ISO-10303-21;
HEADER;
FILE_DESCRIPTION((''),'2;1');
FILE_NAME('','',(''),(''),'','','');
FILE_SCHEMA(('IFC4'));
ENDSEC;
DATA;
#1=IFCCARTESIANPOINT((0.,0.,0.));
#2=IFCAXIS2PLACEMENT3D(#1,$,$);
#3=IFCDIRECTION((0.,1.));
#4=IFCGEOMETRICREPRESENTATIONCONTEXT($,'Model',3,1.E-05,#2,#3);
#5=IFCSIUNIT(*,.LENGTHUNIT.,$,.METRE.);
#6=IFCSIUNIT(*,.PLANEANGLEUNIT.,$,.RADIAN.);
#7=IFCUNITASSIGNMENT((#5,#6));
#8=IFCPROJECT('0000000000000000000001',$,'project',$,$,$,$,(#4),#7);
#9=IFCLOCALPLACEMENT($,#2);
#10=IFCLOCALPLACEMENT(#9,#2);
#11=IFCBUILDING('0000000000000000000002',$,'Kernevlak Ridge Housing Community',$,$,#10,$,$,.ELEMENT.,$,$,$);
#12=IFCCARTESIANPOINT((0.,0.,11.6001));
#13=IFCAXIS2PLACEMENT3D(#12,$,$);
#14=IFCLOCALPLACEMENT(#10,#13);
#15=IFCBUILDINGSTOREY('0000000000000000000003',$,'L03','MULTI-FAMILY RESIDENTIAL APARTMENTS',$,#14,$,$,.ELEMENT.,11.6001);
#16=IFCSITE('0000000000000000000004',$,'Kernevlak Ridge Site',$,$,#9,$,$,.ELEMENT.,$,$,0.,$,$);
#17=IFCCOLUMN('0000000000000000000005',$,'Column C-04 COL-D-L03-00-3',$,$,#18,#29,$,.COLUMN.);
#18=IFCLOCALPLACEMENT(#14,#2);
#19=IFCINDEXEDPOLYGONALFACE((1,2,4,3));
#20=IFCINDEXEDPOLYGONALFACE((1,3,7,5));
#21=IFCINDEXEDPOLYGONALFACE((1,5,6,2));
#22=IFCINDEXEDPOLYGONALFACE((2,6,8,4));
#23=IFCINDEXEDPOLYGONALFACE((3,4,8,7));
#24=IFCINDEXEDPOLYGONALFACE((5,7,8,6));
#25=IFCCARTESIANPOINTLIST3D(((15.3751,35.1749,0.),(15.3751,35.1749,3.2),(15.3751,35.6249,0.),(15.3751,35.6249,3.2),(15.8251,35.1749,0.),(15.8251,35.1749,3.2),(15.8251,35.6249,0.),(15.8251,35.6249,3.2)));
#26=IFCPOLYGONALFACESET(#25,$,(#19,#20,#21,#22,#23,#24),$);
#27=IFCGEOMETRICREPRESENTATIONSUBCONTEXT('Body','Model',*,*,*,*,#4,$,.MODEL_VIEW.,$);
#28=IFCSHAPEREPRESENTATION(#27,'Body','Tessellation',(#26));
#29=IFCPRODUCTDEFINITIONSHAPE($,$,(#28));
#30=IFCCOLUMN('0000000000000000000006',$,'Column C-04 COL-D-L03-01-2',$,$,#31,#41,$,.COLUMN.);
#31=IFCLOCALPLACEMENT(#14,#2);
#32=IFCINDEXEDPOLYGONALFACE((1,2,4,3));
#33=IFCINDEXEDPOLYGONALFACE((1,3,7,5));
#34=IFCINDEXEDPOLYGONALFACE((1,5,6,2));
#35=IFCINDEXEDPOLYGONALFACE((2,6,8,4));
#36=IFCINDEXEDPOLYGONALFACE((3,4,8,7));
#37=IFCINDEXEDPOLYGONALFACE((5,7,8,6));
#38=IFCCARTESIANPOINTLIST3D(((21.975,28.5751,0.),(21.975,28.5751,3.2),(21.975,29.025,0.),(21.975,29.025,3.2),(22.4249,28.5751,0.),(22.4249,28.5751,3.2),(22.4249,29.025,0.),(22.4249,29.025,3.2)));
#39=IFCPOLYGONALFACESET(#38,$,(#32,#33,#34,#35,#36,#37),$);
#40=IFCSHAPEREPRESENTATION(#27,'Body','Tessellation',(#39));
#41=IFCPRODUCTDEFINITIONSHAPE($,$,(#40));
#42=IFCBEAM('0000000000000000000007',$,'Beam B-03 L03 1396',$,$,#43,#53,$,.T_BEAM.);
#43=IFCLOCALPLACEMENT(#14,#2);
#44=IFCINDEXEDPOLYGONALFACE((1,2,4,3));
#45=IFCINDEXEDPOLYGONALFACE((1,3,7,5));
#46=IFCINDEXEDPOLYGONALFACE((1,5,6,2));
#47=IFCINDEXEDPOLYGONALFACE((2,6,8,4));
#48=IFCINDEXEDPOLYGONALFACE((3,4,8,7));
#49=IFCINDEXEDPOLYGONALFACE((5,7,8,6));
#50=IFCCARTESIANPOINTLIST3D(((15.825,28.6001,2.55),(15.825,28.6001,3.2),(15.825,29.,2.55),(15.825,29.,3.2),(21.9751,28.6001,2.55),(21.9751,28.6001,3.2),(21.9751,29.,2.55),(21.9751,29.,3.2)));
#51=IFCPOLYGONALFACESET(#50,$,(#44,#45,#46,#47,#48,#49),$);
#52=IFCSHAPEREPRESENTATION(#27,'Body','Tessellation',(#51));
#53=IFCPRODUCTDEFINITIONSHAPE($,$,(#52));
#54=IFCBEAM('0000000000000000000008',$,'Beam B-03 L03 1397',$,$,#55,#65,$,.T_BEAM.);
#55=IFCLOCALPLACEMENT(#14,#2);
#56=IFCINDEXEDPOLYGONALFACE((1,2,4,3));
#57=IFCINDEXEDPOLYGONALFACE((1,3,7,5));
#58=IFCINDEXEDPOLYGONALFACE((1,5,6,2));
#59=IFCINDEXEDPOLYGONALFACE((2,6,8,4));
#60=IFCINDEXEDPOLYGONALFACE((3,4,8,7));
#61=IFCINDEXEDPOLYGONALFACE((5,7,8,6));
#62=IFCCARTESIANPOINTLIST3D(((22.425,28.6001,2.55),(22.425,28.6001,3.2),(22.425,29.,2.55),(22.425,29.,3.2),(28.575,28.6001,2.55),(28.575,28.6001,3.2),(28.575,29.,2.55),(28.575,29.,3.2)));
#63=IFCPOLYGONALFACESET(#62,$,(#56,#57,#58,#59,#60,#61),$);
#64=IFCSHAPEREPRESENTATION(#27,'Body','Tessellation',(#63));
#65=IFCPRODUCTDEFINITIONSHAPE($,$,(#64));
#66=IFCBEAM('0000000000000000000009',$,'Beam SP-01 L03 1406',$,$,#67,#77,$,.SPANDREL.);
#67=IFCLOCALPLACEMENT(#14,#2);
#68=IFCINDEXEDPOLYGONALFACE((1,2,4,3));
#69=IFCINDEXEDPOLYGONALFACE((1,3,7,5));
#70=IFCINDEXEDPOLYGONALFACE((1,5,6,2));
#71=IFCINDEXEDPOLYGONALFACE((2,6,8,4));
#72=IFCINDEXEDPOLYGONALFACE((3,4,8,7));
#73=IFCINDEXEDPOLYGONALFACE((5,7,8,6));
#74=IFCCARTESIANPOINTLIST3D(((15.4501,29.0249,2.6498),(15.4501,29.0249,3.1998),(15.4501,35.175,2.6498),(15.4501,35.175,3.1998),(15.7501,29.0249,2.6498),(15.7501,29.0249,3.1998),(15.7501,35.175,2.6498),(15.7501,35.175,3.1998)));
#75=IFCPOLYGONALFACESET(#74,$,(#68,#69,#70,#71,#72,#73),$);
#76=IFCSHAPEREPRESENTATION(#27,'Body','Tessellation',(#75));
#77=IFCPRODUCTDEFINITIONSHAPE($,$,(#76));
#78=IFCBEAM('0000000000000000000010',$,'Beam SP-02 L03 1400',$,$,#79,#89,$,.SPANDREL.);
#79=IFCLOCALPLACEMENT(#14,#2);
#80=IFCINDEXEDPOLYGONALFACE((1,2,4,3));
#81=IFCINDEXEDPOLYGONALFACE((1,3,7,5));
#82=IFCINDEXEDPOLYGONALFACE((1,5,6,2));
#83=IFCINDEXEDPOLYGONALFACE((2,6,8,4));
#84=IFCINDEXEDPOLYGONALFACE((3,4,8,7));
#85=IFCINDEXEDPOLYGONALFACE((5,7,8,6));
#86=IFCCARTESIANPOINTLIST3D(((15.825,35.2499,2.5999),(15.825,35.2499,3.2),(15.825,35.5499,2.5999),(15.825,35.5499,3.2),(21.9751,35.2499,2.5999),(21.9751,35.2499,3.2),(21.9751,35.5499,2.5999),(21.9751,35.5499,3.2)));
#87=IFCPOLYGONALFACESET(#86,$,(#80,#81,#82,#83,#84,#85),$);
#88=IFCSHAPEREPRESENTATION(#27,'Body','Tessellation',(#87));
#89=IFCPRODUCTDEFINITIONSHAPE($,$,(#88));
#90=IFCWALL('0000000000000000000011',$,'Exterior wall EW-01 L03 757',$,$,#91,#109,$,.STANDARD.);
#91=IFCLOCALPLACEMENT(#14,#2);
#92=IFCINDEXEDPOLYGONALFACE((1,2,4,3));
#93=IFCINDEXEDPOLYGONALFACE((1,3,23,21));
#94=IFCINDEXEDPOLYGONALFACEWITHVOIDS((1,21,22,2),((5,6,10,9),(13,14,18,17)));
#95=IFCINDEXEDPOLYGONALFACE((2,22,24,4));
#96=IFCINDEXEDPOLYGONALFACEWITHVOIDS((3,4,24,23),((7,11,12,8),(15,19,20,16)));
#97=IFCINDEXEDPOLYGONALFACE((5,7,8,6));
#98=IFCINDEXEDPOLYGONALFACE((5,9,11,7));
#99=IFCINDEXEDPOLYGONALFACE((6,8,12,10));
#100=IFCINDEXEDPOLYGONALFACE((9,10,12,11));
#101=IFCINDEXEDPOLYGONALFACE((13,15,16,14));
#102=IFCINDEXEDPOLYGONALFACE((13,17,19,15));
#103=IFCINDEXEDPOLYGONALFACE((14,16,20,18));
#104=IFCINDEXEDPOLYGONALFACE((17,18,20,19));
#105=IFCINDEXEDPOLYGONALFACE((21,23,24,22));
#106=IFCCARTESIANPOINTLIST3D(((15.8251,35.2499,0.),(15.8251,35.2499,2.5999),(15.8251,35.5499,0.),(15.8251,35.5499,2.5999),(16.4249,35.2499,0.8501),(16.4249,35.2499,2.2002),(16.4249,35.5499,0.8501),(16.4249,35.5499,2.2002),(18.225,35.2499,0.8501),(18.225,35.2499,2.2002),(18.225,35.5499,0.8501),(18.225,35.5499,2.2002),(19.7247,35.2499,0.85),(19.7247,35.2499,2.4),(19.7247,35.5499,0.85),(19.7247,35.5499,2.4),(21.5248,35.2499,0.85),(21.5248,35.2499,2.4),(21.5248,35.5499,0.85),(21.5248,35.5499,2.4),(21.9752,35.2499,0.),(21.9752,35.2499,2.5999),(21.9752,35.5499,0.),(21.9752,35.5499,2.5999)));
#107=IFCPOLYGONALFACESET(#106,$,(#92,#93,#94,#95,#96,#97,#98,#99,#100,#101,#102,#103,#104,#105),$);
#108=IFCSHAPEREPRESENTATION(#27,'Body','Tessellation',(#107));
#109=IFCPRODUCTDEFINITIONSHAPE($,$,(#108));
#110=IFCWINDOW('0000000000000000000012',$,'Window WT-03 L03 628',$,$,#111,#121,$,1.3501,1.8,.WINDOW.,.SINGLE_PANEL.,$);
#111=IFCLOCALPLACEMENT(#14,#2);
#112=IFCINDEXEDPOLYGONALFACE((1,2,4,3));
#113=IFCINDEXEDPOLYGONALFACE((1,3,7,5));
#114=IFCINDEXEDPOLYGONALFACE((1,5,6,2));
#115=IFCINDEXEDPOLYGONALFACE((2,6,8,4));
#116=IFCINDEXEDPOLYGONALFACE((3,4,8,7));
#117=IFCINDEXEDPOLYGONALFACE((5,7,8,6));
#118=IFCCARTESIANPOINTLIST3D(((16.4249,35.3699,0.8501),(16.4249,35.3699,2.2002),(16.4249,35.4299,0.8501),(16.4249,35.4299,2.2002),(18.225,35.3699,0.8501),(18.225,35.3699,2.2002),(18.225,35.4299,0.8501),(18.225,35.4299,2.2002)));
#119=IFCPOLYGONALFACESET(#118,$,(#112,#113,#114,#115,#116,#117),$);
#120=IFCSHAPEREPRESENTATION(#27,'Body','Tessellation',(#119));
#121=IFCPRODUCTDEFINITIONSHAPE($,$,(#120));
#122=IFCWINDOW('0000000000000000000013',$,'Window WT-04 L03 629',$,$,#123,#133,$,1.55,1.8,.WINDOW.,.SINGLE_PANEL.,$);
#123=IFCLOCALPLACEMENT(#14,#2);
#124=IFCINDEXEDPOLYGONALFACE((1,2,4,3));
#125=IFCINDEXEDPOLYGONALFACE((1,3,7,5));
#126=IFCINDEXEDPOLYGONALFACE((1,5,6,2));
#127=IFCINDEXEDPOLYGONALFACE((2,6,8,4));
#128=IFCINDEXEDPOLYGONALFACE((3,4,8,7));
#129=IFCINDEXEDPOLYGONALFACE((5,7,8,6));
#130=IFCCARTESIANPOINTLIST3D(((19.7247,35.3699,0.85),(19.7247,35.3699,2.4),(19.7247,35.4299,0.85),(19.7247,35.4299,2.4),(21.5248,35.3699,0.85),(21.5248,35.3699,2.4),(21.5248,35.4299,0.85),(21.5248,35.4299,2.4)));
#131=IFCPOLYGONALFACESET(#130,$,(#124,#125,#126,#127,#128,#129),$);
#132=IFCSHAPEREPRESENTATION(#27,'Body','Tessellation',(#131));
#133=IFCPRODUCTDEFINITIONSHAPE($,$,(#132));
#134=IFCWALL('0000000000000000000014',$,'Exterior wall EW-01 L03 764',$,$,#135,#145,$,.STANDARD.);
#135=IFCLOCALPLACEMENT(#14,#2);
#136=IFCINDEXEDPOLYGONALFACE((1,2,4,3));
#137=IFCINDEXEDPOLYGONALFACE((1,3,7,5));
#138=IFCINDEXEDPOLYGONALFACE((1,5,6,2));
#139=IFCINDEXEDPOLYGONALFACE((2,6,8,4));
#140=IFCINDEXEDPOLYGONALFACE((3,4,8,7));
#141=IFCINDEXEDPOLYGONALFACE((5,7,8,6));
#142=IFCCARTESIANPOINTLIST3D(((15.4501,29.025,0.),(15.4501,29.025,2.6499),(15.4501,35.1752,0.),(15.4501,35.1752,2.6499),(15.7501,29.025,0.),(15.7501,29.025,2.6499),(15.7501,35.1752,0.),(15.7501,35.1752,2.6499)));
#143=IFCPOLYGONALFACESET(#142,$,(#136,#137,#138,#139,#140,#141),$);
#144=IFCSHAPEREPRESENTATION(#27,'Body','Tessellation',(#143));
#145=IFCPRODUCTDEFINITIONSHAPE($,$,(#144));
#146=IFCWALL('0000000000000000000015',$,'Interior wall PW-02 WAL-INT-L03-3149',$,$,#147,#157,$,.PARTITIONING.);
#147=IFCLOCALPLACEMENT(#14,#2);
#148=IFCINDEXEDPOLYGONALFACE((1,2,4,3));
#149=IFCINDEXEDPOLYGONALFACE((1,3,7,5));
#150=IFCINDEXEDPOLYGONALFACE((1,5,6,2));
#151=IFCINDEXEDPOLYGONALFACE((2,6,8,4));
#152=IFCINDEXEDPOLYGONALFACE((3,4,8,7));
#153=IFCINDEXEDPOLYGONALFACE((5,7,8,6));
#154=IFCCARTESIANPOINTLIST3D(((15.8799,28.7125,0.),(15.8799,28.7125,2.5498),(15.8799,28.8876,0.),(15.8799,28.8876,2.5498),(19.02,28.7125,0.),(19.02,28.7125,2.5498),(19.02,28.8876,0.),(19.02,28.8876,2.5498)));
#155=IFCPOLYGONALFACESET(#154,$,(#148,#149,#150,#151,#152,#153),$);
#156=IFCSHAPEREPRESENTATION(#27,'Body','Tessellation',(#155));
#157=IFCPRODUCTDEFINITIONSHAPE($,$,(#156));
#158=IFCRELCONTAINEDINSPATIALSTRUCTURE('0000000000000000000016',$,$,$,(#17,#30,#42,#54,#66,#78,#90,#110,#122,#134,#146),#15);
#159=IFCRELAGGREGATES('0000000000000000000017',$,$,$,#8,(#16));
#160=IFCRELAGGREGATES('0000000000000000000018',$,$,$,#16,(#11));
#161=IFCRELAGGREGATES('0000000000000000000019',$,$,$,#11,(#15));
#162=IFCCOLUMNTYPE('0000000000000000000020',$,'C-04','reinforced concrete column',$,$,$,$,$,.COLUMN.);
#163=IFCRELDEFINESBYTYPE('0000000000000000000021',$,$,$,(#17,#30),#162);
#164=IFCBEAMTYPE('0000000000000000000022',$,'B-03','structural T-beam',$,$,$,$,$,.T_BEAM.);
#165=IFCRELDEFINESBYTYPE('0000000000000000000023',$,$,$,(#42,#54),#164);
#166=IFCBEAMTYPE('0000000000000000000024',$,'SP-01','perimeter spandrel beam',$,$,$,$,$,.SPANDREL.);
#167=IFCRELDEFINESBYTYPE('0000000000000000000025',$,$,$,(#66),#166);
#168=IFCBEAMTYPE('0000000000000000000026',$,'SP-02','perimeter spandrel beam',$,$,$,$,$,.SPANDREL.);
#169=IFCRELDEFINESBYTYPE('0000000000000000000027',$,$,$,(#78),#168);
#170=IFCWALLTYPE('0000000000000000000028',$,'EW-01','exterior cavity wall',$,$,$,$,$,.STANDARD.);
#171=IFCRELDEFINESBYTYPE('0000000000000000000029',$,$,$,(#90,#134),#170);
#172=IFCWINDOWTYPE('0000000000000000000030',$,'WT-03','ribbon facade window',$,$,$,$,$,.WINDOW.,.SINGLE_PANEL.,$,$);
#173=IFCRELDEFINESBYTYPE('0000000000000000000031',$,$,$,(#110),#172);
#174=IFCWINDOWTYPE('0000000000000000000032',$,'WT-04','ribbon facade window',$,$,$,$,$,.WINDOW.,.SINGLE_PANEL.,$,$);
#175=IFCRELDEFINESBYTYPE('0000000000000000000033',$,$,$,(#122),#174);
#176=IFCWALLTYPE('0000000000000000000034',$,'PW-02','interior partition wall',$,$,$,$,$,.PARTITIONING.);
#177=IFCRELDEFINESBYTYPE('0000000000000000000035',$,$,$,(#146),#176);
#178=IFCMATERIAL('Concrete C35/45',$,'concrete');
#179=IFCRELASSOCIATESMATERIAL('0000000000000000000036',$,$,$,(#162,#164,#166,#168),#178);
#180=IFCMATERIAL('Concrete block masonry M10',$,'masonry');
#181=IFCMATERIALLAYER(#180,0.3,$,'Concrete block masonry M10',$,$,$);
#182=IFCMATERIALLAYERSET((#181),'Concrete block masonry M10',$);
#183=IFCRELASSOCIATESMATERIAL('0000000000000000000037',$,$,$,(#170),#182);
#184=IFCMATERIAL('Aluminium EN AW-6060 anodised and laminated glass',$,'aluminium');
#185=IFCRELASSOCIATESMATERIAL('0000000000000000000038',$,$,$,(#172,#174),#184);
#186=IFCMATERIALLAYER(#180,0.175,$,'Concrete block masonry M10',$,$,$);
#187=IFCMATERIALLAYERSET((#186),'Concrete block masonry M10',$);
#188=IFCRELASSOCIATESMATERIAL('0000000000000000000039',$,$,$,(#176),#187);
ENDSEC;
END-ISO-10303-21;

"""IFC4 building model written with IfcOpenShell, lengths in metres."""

from ifc_helpers import new_model, si_unit, direction, frame, frame_2d, origin, origin_2d, place, context, subcontext, project, spatial, rectangle, extrude, material, layer, layer_set, material_profile, profile_set, type_object, element, fill, save


model = new_model("IFC4")

# Units and contexts
model_context = context("Model", 3, precision=1e-05, world=origin(), true_north=direction((0.0, 1.0)))
body_context = subcontext(model_context, "Body", "Model", "MODEL_VIEW")
ifc_project = project(units=[si_unit("LENGTHUNIT", "METRE"), si_unit("PLANEANGLEUNIT", "RADIAN")], contexts=[model_context])

# Site, building, storey
site_placement = place(None, origin())
site = spatial("IfcSite", under=ifc_project, at=site_placement, Name="Kernevlak Ridge Site", CompositionType="ELEMENT", RefElevation=0.0)
building_placement = place(site_placement, origin())
building = spatial("IfcBuilding", under=site, at=building_placement, Name="Kernevlak Ridge Housing Community", CompositionType="ELEMENT")
storey_placement = place(building_placement, frame((0.0, 0.0, 11.6001)))
storey = spatial("IfcBuildingStorey", under=building, at=storey_placement, Name="L03", Description="MULTI-FAMILY RESIDENTIAL APARTMENTS", CompositionType="ELEMENT", Elevation=11.6001)

# Columns
ifc_material_1 = material(Name="Concrete C35/45", Category="concrete")
ifc_material_profile_1 = material_profile(ifc_material_1, rectangle(XDim=0.45, YDim=0.45, at=origin_2d()), Name="RC 450x450")
ifc_profile_set_1 = profile_set([ifc_material_profile_1], Name="Concrete C35/45")
column_type = type_object("IfcColumnType", Name="C-04", Description="reinforced concrete column", PredefinedType="COLUMN", material=ifc_profile_set_1)
for number, where, z_axis, x_axis, name in (
    (1, (15.6001, 35.3999, 0.0), (0.0, 0.0, 1.0), (1.0, 0.0, 0.0), "Column C-04 COL-D-L03-00-3"),
    (2, (22.2, 28.8, 0.0), (0.0, 0.0, 1.0), (1.0, 0.0, 0.0), "Column C-04 COL-D-L03-01-2"),
):
    element("IfcColumn", number, at=place(storey_placement, frame(where, z_axis=z_axis, x_axis=x_axis)), inside=storey, type_object=column_type, Name=name, PredefinedType="COLUMN", context=body_context, shape_type="SweptSolid", body=[
        extrude(rectangle(XDim=0.45, YDim=0.45, at=origin_2d()), origin(), (0.0, 0.0, 1.0), 3.2),
    ])

# Beams
ifc_material_profile_2 = material_profile(ifc_material_1, rectangle(XDim=0.3999, YDim=0.6499, at=origin_2d()), Name="RC 400x650")
ifc_profile_set_2 = profile_set([ifc_material_profile_2], Name="Concrete C35/45")
beam_type_1 = type_object("IfcBeamType", Name="B-03", Description="structural T-beam", PredefinedType="T_BEAM", material=ifc_profile_set_2)
beam_1_placement = place(storey_placement, frame((15.825, 28.8, 2.875), z_axis=(1.0, 0.0, 0.0), x_axis=(0.0, 1.0, 0.0)))
element("IfcBeam", 3, at=beam_1_placement, inside=storey, type_object=beam_type_1, Name="Beam B-03 L03 1396", PredefinedType="T_BEAM", context=body_context, shape_type="SweptSolid", body=[
    extrude(rectangle(XDim=0.3999, YDim=0.6499, at=origin_2d()), origin(), (0.0, 0.0, 1.0), 6.1501),
])
beam_2_placement = place(storey_placement, frame((22.425, 28.8, 2.875), z_axis=(1.0, 0.0, 0.0), x_axis=(0.0, 1.0, 0.0)))
element("IfcBeam", 4, at=beam_2_placement, inside=storey, type_object=beam_type_1, Name="Beam B-03 L03 1397", PredefinedType="T_BEAM", context=body_context, shape_type="SweptSolid", body=[
    extrude(rectangle(XDim=0.3999, YDim=0.6499, at=origin_2d()), origin(), (0.0, 0.0, 1.0), 6.1499),
])
ifc_material_profile_3 = material_profile(ifc_material_1, rectangle(XDim=0.3, YDim=0.55, at=origin_2d()), Name="RC 300x550")
ifc_profile_set_3 = profile_set([ifc_material_profile_3], Name="Concrete C35/45")
beam_type_2 = type_object("IfcBeamType", Name="SP-01", Description="perimeter spandrel beam", PredefinedType="SPANDREL", material=ifc_profile_set_3)
beam_3_placement = place(storey_placement, frame((15.6001, 29.0249, 2.9248), z_axis=(0.0, 1.0, 0.0), x_axis=(-1.0, 0.0, 0.0)))
element("IfcBeam", 5, at=beam_3_placement, inside=storey, type_object=beam_type_2, Name="Beam SP-01 L03 1406", PredefinedType="SPANDREL", context=body_context, shape_type="SweptSolid", body=[
    extrude(rectangle(XDim=0.3, YDim=0.55, at=origin_2d()), origin(), (0.0, 0.0, 1.0), 6.1501),
])
ifc_material_profile_4 = material_profile(ifc_material_1, rectangle(XDim=0.3, YDim=0.6001, at=origin_2d()), Name="RC 300x600")
ifc_profile_set_4 = profile_set([ifc_material_profile_4], Name="Concrete C35/45")
beam_type_3 = type_object("IfcBeamType", Name="SP-02", Description="perimeter spandrel beam", PredefinedType="SPANDREL", material=ifc_profile_set_4)
beam_4_placement = place(storey_placement, frame((15.825, 35.3999, 2.8999), z_axis=(1.0, 0.0, 0.0), x_axis=(0.0, 1.0, 0.0)))
element("IfcBeam", 6, at=beam_4_placement, inside=storey, type_object=beam_type_3, Name="Beam SP-02 L03 1400", PredefinedType="SPANDREL", context=body_context, shape_type="SweptSolid", body=[
    extrude(rectangle(XDim=0.3, YDim=0.6001, at=origin_2d()), origin(), (0.0, 0.0, 1.0), 6.1501),
])

# Wall, openings, windows
ifc_material_2 = material(Name="Concrete block masonry M10", Category="masonry")
ifc_layer_1 = layer(ifc_material_2, 0.3, Name="Concrete block masonry M10")
ifc_layer_set_1 = layer_set([ifc_layer_1], Name="Concrete block masonry M10")
wall_type_1 = type_object("IfcWallType", Name="EW-01", Description="exterior cavity wall", PredefinedType="STANDARD", material=ifc_layer_set_1)
wall_1_placement = place(storey_placement, frame((15.825, 35.3999, 0.0), z_axis=(0.0, 0.0, 1.0), x_axis=(1.0, 0.0, 0.0)))
wall_1 = element("IfcWall", 7, at=wall_1_placement, inside=storey, type_object=wall_type_1, Name="Exterior wall EW-01 L03 757", PredefinedType="STANDARD", context=body_context, shape_type="SweptSolid", body=[
    extrude(rectangle(XDim=6.1501, YDim=0.3, at=frame_2d((3.0752, 0.0))), origin(), (0.0, 0.0, 1.0), 2.5999),
])
opening_1_placement = place(wall_1_placement, frame((0.6001, 0.0, 0.8501)))
opening_1 = element("IfcOpeningElement", 8, at=opening_1_placement, cuts=wall_1, PredefinedType="OPENING", context=body_context, shape_type="SweptSolid", body=[
    extrude(rectangle(XDim=1.8, YDim=1.3501, at=frame_2d((0.8999, 0.675))), frame((0.0, 0.1599, 0.0), z_axis=(0.0, -1.0, 0.0), x_axis=(1.0, 0.0, 0.0)), (0.0, 0.0, 1.0), 0.3201),
])
opening_2_placement = place(wall_1_placement, frame((3.8999, 0.0, 0.8501)))
opening_2 = element("IfcOpeningElement", 9, at=opening_2_placement, cuts=wall_1, PredefinedType="OPENING", context=body_context, shape_type="SweptSolid", body=[
    extrude(rectangle(XDim=1.8, YDim=1.55, at=frame_2d((0.8999, 0.7749))), frame((0.0, 0.1599, 0.0), z_axis=(0.0, -1.0, 0.0), x_axis=(1.0, 0.0, 0.0)), (0.0, 0.0, 1.0), 0.3201),
])
ifc_material_3 = material(Name="Aluminium EN AW-6060 anodised and laminated glass", Category="aluminium")
window_type_1 = type_object("IfcWindowType", Name="WT-03", Description="ribbon facade window", PartitioningType="SINGLE_PANEL", PredefinedType="WINDOW", material=ifc_material_3)
window_1_placement = place(opening_1_placement, origin())
window_1 = element("IfcWindow", 10, at=window_1_placement, inside=storey, type_object=window_type_1, Name="Window WT-03 L03 628", OverallHeight=1.3501, OverallWidth=1.8, PartitioningType="SINGLE_PANEL", PredefinedType="WINDOW", context=body_context, shape_type="SweptSolid", body=[
    extrude(rectangle(XDim=1.8, YDim=1.3501, at=frame_2d((0.8999, 0.675))), frame((0.0, 0.03, 0.0), z_axis=(0.0, -1.0, 0.0), x_axis=(1.0, 0.0, 0.0)), (0.0, 0.0, 1.0), 0.0601),
])
fill(opening_1, window_1)
window_type_2 = type_object("IfcWindowType", Name="WT-04", Description="ribbon facade window", PartitioningType="SINGLE_PANEL", PredefinedType="WINDOW", material=ifc_material_3)
window_2_placement = place(opening_2_placement, origin())
window_2 = element("IfcWindow", 11, at=window_2_placement, inside=storey, type_object=window_type_2, Name="Window WT-04 L03 629", OverallHeight=1.55, OverallWidth=1.8, PartitioningType="SINGLE_PANEL", PredefinedType="WINDOW", context=body_context, shape_type="SweptSolid", body=[
    extrude(rectangle(XDim=1.8, YDim=1.55, at=frame_2d((0.8999, 0.7749))), frame((0.0, 0.03, 0.0), z_axis=(0.0, -1.0, 0.0), x_axis=(1.0, 0.0, 0.0)), (0.0, 0.0, 1.0), 0.0601),
])
fill(opening_2, window_2)

# Walls
wall_2_placement = place(storey_placement, frame((15.6001, 29.0249, 0.0), z_axis=(0.0, 0.0, 1.0), x_axis=(0.0, 1.0, 0.0)))
element("IfcWall", 12, at=wall_2_placement, inside=storey, type_object=wall_type_1, Name="Exterior wall EW-01 L03 764", PredefinedType="STANDARD", context=body_context, shape_type="SweptSolid", body=[
    extrude(rectangle(XDim=6.1501, YDim=0.3, at=frame_2d((3.0752, 0.0))), origin(), (0.0, 0.0, 1.0), 2.6499),
])
ifc_layer_2 = layer(ifc_material_2, 0.175, Name="Concrete block masonry M10")
ifc_layer_set_2 = layer_set([ifc_layer_2], Name="Concrete block masonry M10")
wall_type_2 = type_object("IfcWallType", Name="PW-02", Description="interior partition wall", PredefinedType="PARTITIONING", material=ifc_layer_set_2)
wall_3_placement = place(storey_placement, frame((15.8799, 28.8, 0.0), z_axis=(0.0, 0.0, 1.0), x_axis=(1.0, 0.0, 0.0)))
element("IfcWall", 13, at=wall_3_placement, inside=storey, type_object=wall_type_2, Name="Interior wall PW-02 WAL-INT-L03-3149", PredefinedType="PARTITIONING", context=body_context, shape_type="SweptSolid", body=[
    extrude(rectangle(XDim=3.1401, YDim=0.175, at=frame_2d((1.5701, 0.0))), origin(), (0.0, 0.0, 1.0), 2.5498),
])

save(model, "model.ifc")
